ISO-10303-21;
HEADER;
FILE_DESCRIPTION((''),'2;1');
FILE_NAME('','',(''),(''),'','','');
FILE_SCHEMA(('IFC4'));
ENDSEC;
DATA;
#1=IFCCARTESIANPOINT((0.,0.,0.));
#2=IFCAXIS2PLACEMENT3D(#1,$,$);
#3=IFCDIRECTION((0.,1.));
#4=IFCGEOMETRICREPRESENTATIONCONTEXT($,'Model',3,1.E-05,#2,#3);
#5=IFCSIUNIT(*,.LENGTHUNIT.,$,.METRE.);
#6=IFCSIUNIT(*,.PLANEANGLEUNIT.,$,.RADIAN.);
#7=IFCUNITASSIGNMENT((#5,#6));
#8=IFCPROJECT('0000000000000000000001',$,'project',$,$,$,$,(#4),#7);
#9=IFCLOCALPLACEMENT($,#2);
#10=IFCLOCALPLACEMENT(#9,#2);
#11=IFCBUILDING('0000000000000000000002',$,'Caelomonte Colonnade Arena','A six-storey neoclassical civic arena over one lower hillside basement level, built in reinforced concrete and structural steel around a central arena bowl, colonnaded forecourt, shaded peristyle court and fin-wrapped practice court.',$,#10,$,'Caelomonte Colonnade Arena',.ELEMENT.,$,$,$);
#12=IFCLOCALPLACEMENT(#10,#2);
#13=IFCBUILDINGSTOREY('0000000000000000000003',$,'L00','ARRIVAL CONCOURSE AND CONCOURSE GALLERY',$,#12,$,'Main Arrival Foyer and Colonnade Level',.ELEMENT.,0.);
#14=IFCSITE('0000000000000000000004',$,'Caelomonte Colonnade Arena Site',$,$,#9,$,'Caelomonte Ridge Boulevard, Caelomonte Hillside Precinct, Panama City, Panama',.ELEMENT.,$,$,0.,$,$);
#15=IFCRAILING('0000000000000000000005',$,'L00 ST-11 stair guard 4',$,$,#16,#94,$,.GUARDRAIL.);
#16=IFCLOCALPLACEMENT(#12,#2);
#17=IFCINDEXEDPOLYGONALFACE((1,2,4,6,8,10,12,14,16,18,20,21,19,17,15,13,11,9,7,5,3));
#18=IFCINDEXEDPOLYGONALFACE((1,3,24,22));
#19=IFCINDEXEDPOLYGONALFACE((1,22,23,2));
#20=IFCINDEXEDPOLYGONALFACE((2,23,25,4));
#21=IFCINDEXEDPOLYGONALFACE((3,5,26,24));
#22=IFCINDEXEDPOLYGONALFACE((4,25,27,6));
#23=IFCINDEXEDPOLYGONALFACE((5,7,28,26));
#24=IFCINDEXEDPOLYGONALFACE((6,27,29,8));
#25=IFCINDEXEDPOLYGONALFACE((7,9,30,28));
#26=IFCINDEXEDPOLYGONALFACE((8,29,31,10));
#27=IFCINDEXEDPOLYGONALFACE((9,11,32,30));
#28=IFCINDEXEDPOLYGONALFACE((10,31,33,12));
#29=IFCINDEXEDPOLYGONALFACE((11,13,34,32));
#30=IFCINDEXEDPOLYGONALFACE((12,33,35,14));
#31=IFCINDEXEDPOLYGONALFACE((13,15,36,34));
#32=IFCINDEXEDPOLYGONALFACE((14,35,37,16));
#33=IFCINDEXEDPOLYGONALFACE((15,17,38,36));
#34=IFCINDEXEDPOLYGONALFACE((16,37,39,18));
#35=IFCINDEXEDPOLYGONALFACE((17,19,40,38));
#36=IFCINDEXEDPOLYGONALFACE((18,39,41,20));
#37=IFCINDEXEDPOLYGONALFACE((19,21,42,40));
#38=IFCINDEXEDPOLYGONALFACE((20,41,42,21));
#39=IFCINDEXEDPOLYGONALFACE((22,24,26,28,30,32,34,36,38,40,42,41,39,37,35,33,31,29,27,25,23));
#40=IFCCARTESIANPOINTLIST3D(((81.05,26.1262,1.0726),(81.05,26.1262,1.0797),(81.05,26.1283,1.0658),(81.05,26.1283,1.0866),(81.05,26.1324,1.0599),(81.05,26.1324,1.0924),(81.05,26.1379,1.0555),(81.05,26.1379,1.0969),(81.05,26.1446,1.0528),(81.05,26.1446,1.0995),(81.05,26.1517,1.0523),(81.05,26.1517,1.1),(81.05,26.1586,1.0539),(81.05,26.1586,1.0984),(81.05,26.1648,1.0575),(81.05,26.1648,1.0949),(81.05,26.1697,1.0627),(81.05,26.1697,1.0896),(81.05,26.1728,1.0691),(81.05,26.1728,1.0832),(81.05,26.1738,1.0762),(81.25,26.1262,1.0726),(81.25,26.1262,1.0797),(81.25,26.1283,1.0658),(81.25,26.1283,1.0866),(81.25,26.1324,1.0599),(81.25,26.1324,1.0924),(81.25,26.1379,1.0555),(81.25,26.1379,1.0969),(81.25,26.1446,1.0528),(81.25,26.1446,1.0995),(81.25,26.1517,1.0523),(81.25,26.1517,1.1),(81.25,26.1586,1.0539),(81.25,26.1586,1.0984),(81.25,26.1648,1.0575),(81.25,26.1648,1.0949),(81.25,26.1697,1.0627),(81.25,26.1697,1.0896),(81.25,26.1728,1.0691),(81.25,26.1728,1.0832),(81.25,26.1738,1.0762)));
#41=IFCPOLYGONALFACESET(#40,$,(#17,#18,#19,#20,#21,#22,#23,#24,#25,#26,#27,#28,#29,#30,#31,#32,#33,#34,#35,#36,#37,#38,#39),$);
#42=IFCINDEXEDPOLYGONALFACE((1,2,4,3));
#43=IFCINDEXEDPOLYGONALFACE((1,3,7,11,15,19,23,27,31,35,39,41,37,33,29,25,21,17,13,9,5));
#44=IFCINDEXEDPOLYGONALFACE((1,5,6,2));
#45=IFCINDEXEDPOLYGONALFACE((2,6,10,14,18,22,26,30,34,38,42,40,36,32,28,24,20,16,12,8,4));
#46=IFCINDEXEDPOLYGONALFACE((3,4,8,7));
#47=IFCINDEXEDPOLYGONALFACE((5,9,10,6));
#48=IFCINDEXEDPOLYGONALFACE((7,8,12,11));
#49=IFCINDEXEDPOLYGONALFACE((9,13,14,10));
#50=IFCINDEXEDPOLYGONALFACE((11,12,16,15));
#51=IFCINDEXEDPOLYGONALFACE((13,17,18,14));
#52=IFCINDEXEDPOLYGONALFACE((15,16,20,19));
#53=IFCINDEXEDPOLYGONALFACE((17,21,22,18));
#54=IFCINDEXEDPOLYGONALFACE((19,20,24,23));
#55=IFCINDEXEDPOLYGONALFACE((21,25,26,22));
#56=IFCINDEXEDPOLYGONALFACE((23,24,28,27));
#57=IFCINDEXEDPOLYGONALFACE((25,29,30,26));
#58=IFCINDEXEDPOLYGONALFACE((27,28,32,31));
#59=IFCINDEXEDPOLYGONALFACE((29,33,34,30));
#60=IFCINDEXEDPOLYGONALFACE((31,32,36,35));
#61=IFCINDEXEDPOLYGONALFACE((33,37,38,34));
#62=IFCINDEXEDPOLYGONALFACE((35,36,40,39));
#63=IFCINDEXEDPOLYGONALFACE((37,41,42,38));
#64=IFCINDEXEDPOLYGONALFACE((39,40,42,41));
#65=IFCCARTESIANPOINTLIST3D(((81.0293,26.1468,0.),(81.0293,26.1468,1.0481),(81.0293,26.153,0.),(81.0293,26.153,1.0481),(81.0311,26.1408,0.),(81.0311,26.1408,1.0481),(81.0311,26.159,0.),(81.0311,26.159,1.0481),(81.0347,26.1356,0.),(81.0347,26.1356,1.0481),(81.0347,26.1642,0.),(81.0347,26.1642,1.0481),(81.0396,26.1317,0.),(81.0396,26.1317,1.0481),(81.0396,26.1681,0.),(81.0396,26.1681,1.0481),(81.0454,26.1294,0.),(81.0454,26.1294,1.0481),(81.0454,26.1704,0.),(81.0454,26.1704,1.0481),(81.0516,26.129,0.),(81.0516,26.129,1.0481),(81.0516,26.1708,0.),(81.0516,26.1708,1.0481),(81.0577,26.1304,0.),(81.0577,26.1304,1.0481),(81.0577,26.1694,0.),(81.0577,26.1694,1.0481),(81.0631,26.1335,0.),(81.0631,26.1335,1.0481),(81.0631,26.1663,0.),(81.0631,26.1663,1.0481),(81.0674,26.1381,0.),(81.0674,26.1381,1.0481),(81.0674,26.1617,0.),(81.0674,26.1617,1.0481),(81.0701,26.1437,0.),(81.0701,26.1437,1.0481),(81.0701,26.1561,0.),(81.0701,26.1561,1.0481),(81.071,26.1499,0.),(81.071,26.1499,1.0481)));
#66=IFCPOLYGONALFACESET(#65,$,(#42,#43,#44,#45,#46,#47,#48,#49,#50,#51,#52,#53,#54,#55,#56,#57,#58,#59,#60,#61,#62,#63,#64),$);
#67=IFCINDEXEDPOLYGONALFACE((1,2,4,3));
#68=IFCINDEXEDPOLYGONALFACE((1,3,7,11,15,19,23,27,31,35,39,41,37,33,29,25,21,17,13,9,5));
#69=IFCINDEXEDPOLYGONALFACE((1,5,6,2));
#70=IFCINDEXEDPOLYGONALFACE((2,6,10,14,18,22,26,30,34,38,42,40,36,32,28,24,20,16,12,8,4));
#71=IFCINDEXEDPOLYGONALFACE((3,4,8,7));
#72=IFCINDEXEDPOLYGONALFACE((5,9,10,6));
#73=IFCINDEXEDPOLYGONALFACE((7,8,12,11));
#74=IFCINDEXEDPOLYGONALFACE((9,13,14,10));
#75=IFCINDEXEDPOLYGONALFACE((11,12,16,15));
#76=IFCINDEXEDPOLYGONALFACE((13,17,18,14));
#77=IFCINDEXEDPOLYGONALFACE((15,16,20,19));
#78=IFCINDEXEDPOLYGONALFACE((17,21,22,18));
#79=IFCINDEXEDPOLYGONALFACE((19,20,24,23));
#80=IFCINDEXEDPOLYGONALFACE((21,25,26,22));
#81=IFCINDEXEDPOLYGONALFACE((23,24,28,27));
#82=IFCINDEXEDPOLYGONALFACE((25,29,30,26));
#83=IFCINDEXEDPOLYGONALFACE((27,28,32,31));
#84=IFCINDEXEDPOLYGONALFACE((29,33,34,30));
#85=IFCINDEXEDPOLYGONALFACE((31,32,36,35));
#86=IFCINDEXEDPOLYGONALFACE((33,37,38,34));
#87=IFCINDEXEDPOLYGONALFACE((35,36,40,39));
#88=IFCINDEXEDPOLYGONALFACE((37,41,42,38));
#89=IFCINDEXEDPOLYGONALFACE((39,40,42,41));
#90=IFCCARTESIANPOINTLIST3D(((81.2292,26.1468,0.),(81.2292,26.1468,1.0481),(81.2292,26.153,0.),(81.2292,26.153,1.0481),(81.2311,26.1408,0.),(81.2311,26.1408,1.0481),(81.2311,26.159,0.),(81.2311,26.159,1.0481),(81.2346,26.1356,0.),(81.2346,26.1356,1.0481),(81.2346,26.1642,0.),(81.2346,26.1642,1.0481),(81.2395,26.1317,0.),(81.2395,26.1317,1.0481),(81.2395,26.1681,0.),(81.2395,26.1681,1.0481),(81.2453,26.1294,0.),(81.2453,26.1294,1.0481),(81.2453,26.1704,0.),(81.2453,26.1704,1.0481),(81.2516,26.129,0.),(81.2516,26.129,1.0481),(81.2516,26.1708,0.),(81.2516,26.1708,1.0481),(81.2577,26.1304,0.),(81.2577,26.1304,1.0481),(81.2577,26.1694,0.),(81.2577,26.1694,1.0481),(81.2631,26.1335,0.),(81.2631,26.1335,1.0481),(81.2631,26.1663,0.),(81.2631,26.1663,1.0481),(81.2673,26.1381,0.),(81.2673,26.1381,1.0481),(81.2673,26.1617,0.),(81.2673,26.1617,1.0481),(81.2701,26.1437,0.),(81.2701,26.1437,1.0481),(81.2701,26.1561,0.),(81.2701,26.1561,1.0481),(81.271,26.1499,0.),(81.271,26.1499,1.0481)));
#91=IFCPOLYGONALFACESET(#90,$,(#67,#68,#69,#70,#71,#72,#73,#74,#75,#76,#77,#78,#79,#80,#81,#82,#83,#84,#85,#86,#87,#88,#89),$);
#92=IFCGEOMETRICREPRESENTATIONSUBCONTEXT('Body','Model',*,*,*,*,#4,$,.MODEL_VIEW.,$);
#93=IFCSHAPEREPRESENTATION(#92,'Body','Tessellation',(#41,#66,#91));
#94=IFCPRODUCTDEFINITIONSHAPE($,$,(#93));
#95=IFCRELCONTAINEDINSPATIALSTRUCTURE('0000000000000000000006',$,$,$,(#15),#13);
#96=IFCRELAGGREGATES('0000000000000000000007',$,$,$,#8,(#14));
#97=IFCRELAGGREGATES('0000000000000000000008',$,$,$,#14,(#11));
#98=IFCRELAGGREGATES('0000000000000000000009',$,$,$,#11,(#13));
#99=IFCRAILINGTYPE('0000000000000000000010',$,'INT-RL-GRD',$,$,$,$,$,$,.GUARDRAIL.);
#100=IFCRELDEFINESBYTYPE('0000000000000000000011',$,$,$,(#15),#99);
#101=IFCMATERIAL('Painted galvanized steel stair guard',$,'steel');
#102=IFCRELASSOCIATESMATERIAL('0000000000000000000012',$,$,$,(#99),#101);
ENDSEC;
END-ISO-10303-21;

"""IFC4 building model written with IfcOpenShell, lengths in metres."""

from ifc_helpers import new_model, si_unit, direction, frame, origin, origin_2d, place, context, subcontext, project, spatial, circle, extrude, material, type_object, element, save


model = new_model("IFC4")

# Units and contexts
model_context = context("Model", 3, precision=1e-05, world=origin(), true_north=direction((0.0, 1.0)))
body_context = subcontext(model_context, "Body", "Model", "MODEL_VIEW")
ifc_project = project(units=[si_unit("LENGTHUNIT", "METRE"), si_unit("PLANEANGLEUNIT", "RADIAN")], contexts=[model_context])

# Site, building, storey
site_placement = place(None, origin())
site = spatial("IfcSite", under=ifc_project, at=site_placement, Name="Caelomonte Colonnade Arena Site", LongName="Caelomonte Ridge Boulevard, Caelomonte Hillside Precinct, Panama City, Panama", CompositionType="ELEMENT", RefElevation=0.0)
building_placement = place(site_placement, origin())
building = spatial("IfcBuilding", under=site, at=building_placement, Name="Caelomonte Colonnade Arena", Description="A six-storey neoclassical civic arena over one lower hillside basement level, built in reinforced concrete and structural steel around a central arena bowl, colonnaded forecourt, shaded peristyle court and fin-wrapped practice court.", LongName="Caelomonte Colonnade Arena", CompositionType="ELEMENT")
storey_placement = place(building_placement, origin())
storey = spatial("IfcBuildingStorey", under=building, at=storey_placement, Name="L00", Description="ARRIVAL CONCOURSE AND CONCOURSE GALLERY", LongName="Main Arrival Foyer and Colonnade Level", CompositionType="ELEMENT", Elevation=0.0)

# Railing
ifc_material_1 = material(Name="Painted galvanized steel stair guard", Category="steel")
railing_type_1 = type_object("IfcRailingType", Name="INT-RL-GRD", PredefinedType="GUARDRAIL", material=ifc_material_1)
railing_1_placement = place(storey_placement, frame((81.05, 26.1499, 0.0)))
element("IfcRailing", 1, at=railing_1_placement, inside=storey, type_object=railing_type_1, Name="L00 ST-11 stair guard 4", PredefinedType="GUARDRAIL", context=body_context, shape_type="SweptSolid", body=[
    extrude(circle(Radius=0.0239, at=origin_2d()), frame((0.0, 0.0, 1.0762), z_axis=(1.0, 0.0, 0.0), x_axis=(0.0, 1.0, 0.0)), (0.0, 0.0, 1.0), 0.2),
    extrude(circle(Radius=0.021, at=origin_2d()), origin(), (0.0, 0.0, 1.0), 1.0481),
    extrude(circle(Radius=0.021, at=origin_2d()), frame((0.2, 0.0, 0.0)), (0.0, 0.0, 1.0), 1.0481),
])

save(model, "model.ifc")
